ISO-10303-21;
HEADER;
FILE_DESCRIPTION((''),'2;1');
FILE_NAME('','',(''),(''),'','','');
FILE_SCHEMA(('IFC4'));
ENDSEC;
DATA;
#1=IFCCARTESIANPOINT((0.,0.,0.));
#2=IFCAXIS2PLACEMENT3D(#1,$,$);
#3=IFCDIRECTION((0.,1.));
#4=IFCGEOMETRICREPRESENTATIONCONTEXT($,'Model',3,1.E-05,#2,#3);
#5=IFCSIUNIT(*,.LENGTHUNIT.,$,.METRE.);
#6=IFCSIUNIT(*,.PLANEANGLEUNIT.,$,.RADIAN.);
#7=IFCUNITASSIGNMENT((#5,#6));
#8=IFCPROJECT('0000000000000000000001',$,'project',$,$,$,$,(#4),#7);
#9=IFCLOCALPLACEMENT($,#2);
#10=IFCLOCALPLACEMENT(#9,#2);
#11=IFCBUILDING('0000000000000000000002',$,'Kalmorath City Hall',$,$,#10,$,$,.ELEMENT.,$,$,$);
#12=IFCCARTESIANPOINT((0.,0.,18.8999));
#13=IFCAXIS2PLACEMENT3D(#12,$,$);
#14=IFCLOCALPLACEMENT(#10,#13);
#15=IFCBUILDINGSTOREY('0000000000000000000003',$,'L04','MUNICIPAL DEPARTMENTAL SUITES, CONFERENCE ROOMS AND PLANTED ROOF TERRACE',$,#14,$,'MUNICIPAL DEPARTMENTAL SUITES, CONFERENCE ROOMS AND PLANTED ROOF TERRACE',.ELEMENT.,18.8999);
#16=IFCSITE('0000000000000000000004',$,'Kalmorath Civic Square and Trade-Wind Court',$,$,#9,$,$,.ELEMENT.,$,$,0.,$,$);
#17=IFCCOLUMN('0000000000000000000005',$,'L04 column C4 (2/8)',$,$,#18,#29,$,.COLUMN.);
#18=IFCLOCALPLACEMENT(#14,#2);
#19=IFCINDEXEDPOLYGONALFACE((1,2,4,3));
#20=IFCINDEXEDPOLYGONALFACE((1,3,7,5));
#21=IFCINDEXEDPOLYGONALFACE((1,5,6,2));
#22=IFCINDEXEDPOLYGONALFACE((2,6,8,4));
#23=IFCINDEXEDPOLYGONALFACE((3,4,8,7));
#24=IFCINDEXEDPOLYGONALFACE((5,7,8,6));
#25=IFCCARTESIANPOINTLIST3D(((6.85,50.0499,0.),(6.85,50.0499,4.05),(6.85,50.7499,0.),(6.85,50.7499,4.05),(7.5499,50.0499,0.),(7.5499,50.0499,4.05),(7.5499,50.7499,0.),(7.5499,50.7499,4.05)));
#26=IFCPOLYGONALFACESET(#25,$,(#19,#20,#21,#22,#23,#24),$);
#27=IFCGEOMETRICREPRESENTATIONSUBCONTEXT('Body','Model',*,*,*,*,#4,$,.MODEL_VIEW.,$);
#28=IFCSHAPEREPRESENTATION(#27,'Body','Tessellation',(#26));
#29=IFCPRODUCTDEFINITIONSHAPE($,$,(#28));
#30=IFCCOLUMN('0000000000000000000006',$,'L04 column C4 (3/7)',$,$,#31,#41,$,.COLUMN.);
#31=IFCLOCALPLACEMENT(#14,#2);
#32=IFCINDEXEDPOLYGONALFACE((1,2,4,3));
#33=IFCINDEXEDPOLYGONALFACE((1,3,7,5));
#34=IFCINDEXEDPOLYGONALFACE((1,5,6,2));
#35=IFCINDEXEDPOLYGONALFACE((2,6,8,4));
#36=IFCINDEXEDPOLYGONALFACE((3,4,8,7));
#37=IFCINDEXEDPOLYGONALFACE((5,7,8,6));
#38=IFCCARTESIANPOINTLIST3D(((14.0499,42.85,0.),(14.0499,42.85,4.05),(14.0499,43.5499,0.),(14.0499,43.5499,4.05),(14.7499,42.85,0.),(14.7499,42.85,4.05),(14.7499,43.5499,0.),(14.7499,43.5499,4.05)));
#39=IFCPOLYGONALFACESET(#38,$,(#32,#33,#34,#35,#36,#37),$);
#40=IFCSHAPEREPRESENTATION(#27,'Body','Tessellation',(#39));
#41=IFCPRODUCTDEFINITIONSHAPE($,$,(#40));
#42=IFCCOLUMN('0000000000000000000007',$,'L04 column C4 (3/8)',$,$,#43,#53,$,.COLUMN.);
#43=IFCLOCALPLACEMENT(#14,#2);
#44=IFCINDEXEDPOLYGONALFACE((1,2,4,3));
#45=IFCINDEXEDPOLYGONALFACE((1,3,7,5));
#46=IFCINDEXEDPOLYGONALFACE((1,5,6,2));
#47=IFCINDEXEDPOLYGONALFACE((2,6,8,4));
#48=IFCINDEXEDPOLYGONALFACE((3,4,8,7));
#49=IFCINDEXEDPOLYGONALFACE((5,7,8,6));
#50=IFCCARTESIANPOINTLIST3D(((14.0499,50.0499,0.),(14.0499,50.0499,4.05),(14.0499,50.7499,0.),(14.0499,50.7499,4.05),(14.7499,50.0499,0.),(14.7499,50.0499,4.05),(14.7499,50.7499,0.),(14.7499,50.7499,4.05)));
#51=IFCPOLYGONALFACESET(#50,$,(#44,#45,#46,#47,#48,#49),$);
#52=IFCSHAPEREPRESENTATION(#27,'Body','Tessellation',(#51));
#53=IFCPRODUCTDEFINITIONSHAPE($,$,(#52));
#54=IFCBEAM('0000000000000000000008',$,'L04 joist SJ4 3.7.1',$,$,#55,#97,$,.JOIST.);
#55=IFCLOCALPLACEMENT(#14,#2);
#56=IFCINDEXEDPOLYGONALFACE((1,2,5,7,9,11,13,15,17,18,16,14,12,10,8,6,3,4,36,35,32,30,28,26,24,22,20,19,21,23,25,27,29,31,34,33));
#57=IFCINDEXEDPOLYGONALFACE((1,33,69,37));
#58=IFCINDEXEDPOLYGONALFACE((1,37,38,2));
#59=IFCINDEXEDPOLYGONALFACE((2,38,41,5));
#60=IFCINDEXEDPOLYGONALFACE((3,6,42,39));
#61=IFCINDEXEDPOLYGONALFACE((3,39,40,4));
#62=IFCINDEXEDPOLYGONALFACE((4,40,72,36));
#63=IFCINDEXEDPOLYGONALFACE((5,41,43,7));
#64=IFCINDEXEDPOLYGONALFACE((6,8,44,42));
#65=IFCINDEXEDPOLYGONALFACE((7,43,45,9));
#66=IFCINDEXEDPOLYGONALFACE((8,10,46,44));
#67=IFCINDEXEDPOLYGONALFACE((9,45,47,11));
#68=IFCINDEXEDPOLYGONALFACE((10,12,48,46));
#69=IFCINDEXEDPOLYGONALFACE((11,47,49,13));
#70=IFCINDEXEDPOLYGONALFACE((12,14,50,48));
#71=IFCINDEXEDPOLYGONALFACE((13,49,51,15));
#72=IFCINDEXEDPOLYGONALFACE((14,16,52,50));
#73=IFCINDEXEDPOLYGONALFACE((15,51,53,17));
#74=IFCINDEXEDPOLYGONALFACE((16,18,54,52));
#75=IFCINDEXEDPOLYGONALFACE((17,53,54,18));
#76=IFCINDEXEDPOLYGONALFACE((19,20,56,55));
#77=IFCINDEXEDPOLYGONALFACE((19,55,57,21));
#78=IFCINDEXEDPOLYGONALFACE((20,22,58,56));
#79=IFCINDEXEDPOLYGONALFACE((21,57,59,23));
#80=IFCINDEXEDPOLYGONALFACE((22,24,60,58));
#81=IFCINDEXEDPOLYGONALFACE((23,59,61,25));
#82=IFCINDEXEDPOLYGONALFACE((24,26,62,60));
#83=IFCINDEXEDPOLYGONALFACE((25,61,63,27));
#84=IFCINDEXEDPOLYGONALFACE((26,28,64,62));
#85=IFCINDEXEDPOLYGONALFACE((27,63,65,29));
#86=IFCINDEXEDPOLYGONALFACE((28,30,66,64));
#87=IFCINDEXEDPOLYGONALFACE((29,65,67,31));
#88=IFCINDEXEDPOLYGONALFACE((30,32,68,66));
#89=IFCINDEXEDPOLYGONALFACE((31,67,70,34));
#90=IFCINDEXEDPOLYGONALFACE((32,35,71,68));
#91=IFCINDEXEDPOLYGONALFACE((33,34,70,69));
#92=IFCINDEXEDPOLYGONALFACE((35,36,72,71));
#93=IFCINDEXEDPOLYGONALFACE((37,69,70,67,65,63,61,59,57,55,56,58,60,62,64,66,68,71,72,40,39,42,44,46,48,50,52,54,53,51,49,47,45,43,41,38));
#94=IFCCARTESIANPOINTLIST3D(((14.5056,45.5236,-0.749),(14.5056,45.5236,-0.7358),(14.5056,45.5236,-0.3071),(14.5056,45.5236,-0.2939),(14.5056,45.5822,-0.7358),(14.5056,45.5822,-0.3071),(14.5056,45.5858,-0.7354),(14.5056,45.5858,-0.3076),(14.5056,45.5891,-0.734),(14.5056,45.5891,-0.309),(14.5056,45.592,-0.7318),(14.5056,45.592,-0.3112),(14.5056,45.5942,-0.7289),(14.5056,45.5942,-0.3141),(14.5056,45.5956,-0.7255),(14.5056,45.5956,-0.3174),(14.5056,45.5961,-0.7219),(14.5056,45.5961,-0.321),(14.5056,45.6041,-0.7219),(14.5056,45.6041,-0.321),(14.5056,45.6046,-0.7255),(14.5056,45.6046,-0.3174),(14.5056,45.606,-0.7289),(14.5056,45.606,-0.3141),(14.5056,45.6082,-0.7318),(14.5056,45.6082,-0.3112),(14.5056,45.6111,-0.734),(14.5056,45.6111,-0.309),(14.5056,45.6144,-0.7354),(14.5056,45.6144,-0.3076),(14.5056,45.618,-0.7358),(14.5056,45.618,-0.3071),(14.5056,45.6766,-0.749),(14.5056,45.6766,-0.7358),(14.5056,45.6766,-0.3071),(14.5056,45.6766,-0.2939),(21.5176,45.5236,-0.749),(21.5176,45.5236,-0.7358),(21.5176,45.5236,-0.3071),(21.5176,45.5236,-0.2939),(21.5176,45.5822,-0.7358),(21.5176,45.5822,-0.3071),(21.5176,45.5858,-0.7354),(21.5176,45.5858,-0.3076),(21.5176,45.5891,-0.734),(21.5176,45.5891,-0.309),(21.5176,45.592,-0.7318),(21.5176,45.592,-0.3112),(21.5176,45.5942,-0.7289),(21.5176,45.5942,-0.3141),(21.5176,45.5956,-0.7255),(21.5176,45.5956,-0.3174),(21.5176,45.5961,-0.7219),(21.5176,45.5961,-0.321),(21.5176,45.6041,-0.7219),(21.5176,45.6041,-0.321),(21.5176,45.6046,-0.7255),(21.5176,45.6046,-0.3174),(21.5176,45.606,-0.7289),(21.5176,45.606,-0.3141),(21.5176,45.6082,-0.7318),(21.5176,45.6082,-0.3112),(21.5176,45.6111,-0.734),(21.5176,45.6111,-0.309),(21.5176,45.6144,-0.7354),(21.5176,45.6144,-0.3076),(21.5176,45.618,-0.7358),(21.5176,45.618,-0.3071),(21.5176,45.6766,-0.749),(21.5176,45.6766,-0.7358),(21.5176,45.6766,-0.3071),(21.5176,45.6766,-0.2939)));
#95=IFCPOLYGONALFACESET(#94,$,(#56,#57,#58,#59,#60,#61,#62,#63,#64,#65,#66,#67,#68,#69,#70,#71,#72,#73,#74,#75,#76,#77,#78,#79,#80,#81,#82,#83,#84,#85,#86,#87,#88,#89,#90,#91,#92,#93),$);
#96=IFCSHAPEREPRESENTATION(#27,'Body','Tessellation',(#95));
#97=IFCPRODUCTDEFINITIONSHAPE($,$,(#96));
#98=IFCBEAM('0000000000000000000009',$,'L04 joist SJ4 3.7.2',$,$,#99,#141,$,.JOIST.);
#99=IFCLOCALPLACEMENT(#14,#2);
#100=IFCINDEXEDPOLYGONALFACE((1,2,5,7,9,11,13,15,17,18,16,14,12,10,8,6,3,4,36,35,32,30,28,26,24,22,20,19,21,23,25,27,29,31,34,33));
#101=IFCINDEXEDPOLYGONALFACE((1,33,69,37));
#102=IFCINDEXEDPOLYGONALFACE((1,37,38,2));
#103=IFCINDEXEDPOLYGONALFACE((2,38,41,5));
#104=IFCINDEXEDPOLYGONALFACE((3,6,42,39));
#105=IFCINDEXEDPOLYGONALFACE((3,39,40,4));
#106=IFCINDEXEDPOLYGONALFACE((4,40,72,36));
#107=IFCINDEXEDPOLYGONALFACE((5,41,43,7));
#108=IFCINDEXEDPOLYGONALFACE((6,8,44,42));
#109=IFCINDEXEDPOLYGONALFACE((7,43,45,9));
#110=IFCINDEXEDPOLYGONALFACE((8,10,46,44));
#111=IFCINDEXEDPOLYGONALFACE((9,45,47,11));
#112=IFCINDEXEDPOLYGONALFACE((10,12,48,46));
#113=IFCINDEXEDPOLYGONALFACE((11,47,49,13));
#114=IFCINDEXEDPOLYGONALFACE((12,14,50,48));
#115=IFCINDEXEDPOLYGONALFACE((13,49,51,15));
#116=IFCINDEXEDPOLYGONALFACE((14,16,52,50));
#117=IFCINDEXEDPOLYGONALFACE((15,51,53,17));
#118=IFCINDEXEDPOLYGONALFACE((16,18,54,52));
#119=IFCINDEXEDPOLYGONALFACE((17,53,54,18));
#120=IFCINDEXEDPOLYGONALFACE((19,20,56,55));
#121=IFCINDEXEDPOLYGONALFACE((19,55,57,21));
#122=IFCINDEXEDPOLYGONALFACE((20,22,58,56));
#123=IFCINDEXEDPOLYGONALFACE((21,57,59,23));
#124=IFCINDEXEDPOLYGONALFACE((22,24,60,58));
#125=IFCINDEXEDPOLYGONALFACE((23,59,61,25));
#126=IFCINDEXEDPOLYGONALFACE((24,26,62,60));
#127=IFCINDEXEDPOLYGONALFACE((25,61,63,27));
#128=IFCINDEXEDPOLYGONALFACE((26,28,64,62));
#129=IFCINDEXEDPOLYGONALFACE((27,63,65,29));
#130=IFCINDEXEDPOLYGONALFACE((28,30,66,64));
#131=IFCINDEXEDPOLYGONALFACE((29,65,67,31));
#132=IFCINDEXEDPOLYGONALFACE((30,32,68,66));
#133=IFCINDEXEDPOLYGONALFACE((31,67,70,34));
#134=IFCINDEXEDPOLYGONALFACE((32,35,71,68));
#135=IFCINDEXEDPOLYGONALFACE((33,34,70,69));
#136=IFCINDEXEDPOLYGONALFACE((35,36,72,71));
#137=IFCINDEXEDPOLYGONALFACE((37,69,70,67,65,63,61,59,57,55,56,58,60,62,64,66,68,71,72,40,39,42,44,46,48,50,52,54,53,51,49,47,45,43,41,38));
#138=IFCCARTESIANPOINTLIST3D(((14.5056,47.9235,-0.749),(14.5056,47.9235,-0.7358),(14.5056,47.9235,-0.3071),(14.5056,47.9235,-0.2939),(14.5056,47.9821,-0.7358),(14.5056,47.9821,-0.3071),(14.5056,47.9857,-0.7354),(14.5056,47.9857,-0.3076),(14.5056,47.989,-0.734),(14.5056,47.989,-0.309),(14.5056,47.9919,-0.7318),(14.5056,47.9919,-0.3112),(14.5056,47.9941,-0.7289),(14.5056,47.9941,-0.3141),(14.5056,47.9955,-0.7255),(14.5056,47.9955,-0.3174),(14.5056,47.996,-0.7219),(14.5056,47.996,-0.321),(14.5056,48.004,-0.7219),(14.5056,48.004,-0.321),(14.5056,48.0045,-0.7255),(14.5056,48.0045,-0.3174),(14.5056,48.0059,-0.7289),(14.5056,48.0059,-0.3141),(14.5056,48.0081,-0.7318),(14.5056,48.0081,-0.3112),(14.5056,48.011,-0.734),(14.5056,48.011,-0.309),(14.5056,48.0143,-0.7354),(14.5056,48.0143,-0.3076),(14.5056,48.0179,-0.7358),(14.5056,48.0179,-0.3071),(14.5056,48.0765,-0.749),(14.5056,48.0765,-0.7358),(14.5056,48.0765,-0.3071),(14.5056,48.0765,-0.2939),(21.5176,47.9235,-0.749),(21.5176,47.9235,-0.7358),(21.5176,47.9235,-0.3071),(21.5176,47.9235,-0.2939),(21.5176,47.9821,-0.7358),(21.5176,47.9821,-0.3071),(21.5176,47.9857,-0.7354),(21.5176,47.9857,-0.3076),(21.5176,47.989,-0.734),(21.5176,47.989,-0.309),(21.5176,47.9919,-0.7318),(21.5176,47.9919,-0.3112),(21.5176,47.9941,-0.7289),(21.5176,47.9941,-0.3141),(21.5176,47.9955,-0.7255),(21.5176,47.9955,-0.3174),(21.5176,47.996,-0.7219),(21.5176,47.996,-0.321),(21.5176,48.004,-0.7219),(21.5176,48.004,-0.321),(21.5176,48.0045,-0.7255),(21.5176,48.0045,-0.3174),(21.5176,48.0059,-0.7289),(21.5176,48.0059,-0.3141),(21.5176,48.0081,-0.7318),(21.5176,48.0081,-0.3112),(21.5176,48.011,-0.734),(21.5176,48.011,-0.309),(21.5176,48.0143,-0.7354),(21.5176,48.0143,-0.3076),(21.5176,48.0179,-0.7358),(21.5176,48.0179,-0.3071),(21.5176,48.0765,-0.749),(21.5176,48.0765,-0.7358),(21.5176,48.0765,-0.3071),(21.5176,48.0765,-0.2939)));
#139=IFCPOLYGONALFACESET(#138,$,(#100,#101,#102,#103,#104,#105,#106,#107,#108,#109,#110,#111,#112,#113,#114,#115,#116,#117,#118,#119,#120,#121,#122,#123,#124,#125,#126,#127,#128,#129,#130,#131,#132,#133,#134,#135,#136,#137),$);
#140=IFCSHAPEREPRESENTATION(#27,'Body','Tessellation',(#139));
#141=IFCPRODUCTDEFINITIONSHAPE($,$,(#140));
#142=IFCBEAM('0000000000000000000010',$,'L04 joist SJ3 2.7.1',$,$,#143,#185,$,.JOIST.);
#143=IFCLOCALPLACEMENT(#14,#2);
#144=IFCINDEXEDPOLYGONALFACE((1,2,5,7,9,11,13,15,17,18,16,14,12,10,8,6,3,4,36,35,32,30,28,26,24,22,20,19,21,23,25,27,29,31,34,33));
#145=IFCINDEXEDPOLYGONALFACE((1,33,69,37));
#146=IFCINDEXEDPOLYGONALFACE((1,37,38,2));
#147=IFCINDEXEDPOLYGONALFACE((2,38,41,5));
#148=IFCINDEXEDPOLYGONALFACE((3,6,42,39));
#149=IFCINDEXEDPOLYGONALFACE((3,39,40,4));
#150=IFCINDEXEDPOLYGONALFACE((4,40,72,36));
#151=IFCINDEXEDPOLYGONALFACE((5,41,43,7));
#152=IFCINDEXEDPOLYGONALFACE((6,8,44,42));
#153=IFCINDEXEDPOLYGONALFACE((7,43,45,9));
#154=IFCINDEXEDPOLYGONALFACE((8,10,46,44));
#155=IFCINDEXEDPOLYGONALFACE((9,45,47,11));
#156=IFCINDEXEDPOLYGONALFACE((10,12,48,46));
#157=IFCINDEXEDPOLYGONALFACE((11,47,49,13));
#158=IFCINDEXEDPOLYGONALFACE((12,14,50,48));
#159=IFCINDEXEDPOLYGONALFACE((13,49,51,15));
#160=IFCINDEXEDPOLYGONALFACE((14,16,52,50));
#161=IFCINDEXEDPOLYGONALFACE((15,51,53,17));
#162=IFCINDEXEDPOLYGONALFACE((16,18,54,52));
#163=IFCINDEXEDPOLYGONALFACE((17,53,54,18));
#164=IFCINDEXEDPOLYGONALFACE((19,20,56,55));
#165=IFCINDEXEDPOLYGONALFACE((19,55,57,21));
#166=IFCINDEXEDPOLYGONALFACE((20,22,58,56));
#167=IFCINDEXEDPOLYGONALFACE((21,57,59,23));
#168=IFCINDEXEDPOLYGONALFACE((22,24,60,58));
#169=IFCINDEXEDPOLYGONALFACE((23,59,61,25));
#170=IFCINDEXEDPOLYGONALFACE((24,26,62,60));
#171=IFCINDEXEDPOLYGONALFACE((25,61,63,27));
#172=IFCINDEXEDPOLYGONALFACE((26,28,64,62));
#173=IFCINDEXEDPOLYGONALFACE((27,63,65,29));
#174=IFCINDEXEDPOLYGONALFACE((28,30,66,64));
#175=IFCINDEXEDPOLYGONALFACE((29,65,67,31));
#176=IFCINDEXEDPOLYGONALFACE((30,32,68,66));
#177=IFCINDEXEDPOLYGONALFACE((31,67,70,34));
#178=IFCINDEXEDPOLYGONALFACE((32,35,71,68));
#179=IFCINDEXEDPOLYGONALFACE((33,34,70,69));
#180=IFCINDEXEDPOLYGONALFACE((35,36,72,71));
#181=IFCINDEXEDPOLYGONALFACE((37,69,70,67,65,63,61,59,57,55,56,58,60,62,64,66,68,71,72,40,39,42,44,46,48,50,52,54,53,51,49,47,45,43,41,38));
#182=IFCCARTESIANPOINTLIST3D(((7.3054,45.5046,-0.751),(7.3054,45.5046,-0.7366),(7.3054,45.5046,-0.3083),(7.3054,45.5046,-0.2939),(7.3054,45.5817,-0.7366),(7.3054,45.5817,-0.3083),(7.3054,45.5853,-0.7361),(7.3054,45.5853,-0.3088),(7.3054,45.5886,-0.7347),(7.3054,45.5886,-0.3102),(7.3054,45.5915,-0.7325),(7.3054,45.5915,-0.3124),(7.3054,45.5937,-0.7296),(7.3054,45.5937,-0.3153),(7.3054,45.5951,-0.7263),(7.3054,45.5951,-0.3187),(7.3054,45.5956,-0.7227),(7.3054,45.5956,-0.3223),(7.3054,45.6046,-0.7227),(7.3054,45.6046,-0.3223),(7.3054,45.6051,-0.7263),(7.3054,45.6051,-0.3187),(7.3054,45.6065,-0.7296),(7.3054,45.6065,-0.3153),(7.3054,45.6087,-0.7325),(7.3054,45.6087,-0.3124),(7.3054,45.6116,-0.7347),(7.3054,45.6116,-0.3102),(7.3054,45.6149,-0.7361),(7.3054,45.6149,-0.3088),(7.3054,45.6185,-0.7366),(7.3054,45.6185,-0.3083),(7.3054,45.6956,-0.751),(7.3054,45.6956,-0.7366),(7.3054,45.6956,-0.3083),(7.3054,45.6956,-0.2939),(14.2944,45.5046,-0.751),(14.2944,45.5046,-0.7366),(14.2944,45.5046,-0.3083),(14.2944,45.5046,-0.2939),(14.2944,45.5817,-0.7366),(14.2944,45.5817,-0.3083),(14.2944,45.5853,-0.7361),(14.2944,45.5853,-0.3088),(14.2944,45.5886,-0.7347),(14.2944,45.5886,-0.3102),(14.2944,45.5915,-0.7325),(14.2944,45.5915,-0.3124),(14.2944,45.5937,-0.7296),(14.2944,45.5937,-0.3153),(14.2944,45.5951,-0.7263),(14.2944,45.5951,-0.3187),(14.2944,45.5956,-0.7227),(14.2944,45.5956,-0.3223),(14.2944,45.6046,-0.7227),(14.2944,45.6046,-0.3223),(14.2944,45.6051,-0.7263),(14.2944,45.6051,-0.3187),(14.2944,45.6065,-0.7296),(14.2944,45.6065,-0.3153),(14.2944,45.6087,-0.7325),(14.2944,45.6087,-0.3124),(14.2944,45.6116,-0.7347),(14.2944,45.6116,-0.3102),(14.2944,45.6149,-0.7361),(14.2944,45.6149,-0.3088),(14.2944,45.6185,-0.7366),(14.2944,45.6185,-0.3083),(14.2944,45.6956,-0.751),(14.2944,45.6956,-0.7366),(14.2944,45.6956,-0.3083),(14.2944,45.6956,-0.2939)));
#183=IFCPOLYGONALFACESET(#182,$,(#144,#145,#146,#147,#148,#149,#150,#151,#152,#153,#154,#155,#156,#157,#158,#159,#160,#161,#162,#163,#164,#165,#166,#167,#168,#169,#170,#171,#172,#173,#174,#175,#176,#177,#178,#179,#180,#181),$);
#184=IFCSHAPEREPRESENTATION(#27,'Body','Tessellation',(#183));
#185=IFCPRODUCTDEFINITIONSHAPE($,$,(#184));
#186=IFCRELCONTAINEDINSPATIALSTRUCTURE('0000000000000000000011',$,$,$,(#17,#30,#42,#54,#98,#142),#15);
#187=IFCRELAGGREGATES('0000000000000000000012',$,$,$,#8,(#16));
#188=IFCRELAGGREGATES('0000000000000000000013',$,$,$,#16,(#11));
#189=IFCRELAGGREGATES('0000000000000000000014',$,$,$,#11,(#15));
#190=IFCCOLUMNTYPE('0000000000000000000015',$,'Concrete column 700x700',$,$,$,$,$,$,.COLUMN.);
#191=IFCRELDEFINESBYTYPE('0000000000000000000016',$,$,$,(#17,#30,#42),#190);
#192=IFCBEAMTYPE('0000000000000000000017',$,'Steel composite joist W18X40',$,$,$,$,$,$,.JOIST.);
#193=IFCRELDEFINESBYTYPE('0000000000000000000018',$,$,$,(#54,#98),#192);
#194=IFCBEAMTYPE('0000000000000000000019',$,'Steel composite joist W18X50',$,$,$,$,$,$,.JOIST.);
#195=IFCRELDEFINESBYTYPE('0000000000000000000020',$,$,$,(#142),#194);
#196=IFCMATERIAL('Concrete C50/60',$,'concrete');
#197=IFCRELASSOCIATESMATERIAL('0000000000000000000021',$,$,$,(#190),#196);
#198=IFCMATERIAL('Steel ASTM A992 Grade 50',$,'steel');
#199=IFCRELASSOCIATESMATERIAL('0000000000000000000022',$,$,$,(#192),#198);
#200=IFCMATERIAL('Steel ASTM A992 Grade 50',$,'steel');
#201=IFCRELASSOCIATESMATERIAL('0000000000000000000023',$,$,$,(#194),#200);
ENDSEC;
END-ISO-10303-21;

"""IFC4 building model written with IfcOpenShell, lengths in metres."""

from ifc_helpers import new_model, si_unit, direction, frame, origin, origin_2d, place, context, subcontext, project, spatial, rectangle, i_section, extrude, material, material_profile, profile_set, type_object, element, save


model = new_model("IFC4")

# Units and contexts
model_context = context("Model", 3, precision=1e-05, world=origin(), true_north=direction((0.0, 1.0)))
body_context = subcontext(model_context, "Body", "Model", "MODEL_VIEW")
ifc_project = project(units=[si_unit("LENGTHUNIT", "METRE"), si_unit("PLANEANGLEUNIT", "RADIAN")], contexts=[model_context])

# Site, building, storey
site_placement = place(None, origin())
site = spatial("IfcSite", under=ifc_project, at=site_placement, Name="Kalmorath Civic Square and Trade-Wind Court", CompositionType="ELEMENT", RefElevation=0.0)
building_placement = place(site_placement, origin())
building = spatial("IfcBuilding", under=site, at=building_placement, Name="Kalmorath City Hall", CompositionType="ELEMENT")
storey_placement = place(building_placement, frame((0.0, 0.0, 18.8999)))
storey = spatial("IfcBuildingStorey", under=building, at=storey_placement, Name="L04", Description="MUNICIPAL DEPARTMENTAL SUITES, CONFERENCE ROOMS AND PLANTED ROOF TERRACE", LongName="MUNICIPAL DEPARTMENTAL SUITES, CONFERENCE ROOMS AND PLANTED ROOF TERRACE", CompositionType="ELEMENT", Elevation=18.8999)

# Columns
ifc_material_1 = material(Name="Concrete C50/60", Category="concrete")
ifc_material_profile_1 = material_profile(ifc_material_1, rectangle(XDim=0.7, YDim=0.7, at=origin_2d()), Name="RC-COL-700X700")
ifc_profile_set_1 = profile_set([ifc_material_profile_1], Name="Concrete C50/60")
column_type = type_object("IfcColumnType", Name="Concrete column 700x700", PredefinedType="COLUMN", material=ifc_profile_set_1)
for number, where, z_axis, x_axis, name in (
    (1, (7.2, 50.3999, 0.0), (0.0, 0.0, 1.0), (1.0, 0.0, 0.0), "L04 column C4 (2/8)"),
    (2, (14.3999, 43.2, 0.0), (0.0, 0.0, 1.0), (1.0, 0.0, 0.0), "L04 column C4 (3/7)"),
    (3, (14.3999, 50.3999, 0.0), (0.0, 0.0, 1.0), (1.0, 0.0, 0.0), "L04 column C4 (3/8)"),
):
    element("IfcColumn", number, at=place(storey_placement, frame(where, z_axis=z_axis, x_axis=x_axis)), inside=storey, type_object=column_type, Name=name, PredefinedType="COLUMN", context=body_context, shape_type="SweptSolid", body=[
        extrude(rectangle(XDim=0.7, YDim=0.7, at=origin_2d()), origin(), (0.0, 0.0, 1.0), 4.05),
    ])

# Beams
ifc_material_2 = material(Name="Steel ASTM A992 Grade 50", Category="steel")
ifc_material_profile_2 = material_profile(ifc_material_2, i_section(OverallWidth=0.1531, OverallDepth=0.4551, WebThickness=0.0081, FlangeThickness=0.0132, FilletRadius=0.0139, at=origin_2d()), Name="W18X40")
ifc_profile_set_2 = profile_set([ifc_material_profile_2], Name="Steel ASTM A992 Grade 50")
beam_type_1 = type_object("IfcBeamType", Name="Steel composite joist W18X40", PredefinedType="JOIST", material=ifc_profile_set_2)
for number, where, z_axis, x_axis, name in (
    (4, (14.5056, 45.6001, -0.5215), (1.0, 0.0, 0.0), (0.0, 1.0, 0.0), "L04 joist SJ4 3.7.1"),
    (5, (14.5056, 48.0, -0.5215), (1.0, 0.0, 0.0), (0.0, 1.0, 0.0), "L04 joist SJ4 3.7.2"),
):
    element("IfcBeam", number, at=place(storey_placement, frame(where, z_axis=z_axis, x_axis=x_axis)), inside=storey, type_object=beam_type_1, Name=name, PredefinedType="JOIST", context=body_context, shape_type="SweptSolid", body=[
        extrude(i_section(OverallWidth=0.1531, OverallDepth=0.4551, WebThickness=0.0081, FlangeThickness=0.0132, FilletRadius=0.0139, at=origin_2d()), origin(), (0.0, 0.0, 1.0), 7.012),
    ])
ifc_material_3 = material(Name="Steel ASTM A992 Grade 50", Category="steel")
ifc_material_profile_3 = material_profile(ifc_material_3, i_section(OverallWidth=0.1909, OverallDepth=0.457, WebThickness=0.009, FlangeThickness=0.0144, FilletRadius=0.0139, at=origin_2d()), Name="W18X50")
ifc_profile_set_3 = profile_set([ifc_material_profile_3], Name="Steel ASTM A992 Grade 50")
beam_type_2 = type_object("IfcBeamType", Name="Steel composite joist W18X50", PredefinedType="JOIST", material=ifc_profile_set_3)
for number, where, z_axis, x_axis, name in (
    (6, (7.3054, 45.6001, -0.5225), (1.0, 0.0, 0.0), (0.0, 1.0, 0.0), "L04 joist SJ3 2.7.1"),
):
    element("IfcBeam", number, at=place(storey_placement, frame(where, z_axis=z_axis, x_axis=x_axis)), inside=storey, type_object=beam_type_2, Name=name, PredefinedType="JOIST", context=body_context, shape_type="SweptSolid", body=[
        extrude(i_section(OverallWidth=0.1909, OverallDepth=0.457, WebThickness=0.009, FlangeThickness=0.0144, FilletRadius=0.0139, at=origin_2d()), origin(), (0.0, 0.0, 1.0), 6.989),
    ])

save(model, "model.ifc")
